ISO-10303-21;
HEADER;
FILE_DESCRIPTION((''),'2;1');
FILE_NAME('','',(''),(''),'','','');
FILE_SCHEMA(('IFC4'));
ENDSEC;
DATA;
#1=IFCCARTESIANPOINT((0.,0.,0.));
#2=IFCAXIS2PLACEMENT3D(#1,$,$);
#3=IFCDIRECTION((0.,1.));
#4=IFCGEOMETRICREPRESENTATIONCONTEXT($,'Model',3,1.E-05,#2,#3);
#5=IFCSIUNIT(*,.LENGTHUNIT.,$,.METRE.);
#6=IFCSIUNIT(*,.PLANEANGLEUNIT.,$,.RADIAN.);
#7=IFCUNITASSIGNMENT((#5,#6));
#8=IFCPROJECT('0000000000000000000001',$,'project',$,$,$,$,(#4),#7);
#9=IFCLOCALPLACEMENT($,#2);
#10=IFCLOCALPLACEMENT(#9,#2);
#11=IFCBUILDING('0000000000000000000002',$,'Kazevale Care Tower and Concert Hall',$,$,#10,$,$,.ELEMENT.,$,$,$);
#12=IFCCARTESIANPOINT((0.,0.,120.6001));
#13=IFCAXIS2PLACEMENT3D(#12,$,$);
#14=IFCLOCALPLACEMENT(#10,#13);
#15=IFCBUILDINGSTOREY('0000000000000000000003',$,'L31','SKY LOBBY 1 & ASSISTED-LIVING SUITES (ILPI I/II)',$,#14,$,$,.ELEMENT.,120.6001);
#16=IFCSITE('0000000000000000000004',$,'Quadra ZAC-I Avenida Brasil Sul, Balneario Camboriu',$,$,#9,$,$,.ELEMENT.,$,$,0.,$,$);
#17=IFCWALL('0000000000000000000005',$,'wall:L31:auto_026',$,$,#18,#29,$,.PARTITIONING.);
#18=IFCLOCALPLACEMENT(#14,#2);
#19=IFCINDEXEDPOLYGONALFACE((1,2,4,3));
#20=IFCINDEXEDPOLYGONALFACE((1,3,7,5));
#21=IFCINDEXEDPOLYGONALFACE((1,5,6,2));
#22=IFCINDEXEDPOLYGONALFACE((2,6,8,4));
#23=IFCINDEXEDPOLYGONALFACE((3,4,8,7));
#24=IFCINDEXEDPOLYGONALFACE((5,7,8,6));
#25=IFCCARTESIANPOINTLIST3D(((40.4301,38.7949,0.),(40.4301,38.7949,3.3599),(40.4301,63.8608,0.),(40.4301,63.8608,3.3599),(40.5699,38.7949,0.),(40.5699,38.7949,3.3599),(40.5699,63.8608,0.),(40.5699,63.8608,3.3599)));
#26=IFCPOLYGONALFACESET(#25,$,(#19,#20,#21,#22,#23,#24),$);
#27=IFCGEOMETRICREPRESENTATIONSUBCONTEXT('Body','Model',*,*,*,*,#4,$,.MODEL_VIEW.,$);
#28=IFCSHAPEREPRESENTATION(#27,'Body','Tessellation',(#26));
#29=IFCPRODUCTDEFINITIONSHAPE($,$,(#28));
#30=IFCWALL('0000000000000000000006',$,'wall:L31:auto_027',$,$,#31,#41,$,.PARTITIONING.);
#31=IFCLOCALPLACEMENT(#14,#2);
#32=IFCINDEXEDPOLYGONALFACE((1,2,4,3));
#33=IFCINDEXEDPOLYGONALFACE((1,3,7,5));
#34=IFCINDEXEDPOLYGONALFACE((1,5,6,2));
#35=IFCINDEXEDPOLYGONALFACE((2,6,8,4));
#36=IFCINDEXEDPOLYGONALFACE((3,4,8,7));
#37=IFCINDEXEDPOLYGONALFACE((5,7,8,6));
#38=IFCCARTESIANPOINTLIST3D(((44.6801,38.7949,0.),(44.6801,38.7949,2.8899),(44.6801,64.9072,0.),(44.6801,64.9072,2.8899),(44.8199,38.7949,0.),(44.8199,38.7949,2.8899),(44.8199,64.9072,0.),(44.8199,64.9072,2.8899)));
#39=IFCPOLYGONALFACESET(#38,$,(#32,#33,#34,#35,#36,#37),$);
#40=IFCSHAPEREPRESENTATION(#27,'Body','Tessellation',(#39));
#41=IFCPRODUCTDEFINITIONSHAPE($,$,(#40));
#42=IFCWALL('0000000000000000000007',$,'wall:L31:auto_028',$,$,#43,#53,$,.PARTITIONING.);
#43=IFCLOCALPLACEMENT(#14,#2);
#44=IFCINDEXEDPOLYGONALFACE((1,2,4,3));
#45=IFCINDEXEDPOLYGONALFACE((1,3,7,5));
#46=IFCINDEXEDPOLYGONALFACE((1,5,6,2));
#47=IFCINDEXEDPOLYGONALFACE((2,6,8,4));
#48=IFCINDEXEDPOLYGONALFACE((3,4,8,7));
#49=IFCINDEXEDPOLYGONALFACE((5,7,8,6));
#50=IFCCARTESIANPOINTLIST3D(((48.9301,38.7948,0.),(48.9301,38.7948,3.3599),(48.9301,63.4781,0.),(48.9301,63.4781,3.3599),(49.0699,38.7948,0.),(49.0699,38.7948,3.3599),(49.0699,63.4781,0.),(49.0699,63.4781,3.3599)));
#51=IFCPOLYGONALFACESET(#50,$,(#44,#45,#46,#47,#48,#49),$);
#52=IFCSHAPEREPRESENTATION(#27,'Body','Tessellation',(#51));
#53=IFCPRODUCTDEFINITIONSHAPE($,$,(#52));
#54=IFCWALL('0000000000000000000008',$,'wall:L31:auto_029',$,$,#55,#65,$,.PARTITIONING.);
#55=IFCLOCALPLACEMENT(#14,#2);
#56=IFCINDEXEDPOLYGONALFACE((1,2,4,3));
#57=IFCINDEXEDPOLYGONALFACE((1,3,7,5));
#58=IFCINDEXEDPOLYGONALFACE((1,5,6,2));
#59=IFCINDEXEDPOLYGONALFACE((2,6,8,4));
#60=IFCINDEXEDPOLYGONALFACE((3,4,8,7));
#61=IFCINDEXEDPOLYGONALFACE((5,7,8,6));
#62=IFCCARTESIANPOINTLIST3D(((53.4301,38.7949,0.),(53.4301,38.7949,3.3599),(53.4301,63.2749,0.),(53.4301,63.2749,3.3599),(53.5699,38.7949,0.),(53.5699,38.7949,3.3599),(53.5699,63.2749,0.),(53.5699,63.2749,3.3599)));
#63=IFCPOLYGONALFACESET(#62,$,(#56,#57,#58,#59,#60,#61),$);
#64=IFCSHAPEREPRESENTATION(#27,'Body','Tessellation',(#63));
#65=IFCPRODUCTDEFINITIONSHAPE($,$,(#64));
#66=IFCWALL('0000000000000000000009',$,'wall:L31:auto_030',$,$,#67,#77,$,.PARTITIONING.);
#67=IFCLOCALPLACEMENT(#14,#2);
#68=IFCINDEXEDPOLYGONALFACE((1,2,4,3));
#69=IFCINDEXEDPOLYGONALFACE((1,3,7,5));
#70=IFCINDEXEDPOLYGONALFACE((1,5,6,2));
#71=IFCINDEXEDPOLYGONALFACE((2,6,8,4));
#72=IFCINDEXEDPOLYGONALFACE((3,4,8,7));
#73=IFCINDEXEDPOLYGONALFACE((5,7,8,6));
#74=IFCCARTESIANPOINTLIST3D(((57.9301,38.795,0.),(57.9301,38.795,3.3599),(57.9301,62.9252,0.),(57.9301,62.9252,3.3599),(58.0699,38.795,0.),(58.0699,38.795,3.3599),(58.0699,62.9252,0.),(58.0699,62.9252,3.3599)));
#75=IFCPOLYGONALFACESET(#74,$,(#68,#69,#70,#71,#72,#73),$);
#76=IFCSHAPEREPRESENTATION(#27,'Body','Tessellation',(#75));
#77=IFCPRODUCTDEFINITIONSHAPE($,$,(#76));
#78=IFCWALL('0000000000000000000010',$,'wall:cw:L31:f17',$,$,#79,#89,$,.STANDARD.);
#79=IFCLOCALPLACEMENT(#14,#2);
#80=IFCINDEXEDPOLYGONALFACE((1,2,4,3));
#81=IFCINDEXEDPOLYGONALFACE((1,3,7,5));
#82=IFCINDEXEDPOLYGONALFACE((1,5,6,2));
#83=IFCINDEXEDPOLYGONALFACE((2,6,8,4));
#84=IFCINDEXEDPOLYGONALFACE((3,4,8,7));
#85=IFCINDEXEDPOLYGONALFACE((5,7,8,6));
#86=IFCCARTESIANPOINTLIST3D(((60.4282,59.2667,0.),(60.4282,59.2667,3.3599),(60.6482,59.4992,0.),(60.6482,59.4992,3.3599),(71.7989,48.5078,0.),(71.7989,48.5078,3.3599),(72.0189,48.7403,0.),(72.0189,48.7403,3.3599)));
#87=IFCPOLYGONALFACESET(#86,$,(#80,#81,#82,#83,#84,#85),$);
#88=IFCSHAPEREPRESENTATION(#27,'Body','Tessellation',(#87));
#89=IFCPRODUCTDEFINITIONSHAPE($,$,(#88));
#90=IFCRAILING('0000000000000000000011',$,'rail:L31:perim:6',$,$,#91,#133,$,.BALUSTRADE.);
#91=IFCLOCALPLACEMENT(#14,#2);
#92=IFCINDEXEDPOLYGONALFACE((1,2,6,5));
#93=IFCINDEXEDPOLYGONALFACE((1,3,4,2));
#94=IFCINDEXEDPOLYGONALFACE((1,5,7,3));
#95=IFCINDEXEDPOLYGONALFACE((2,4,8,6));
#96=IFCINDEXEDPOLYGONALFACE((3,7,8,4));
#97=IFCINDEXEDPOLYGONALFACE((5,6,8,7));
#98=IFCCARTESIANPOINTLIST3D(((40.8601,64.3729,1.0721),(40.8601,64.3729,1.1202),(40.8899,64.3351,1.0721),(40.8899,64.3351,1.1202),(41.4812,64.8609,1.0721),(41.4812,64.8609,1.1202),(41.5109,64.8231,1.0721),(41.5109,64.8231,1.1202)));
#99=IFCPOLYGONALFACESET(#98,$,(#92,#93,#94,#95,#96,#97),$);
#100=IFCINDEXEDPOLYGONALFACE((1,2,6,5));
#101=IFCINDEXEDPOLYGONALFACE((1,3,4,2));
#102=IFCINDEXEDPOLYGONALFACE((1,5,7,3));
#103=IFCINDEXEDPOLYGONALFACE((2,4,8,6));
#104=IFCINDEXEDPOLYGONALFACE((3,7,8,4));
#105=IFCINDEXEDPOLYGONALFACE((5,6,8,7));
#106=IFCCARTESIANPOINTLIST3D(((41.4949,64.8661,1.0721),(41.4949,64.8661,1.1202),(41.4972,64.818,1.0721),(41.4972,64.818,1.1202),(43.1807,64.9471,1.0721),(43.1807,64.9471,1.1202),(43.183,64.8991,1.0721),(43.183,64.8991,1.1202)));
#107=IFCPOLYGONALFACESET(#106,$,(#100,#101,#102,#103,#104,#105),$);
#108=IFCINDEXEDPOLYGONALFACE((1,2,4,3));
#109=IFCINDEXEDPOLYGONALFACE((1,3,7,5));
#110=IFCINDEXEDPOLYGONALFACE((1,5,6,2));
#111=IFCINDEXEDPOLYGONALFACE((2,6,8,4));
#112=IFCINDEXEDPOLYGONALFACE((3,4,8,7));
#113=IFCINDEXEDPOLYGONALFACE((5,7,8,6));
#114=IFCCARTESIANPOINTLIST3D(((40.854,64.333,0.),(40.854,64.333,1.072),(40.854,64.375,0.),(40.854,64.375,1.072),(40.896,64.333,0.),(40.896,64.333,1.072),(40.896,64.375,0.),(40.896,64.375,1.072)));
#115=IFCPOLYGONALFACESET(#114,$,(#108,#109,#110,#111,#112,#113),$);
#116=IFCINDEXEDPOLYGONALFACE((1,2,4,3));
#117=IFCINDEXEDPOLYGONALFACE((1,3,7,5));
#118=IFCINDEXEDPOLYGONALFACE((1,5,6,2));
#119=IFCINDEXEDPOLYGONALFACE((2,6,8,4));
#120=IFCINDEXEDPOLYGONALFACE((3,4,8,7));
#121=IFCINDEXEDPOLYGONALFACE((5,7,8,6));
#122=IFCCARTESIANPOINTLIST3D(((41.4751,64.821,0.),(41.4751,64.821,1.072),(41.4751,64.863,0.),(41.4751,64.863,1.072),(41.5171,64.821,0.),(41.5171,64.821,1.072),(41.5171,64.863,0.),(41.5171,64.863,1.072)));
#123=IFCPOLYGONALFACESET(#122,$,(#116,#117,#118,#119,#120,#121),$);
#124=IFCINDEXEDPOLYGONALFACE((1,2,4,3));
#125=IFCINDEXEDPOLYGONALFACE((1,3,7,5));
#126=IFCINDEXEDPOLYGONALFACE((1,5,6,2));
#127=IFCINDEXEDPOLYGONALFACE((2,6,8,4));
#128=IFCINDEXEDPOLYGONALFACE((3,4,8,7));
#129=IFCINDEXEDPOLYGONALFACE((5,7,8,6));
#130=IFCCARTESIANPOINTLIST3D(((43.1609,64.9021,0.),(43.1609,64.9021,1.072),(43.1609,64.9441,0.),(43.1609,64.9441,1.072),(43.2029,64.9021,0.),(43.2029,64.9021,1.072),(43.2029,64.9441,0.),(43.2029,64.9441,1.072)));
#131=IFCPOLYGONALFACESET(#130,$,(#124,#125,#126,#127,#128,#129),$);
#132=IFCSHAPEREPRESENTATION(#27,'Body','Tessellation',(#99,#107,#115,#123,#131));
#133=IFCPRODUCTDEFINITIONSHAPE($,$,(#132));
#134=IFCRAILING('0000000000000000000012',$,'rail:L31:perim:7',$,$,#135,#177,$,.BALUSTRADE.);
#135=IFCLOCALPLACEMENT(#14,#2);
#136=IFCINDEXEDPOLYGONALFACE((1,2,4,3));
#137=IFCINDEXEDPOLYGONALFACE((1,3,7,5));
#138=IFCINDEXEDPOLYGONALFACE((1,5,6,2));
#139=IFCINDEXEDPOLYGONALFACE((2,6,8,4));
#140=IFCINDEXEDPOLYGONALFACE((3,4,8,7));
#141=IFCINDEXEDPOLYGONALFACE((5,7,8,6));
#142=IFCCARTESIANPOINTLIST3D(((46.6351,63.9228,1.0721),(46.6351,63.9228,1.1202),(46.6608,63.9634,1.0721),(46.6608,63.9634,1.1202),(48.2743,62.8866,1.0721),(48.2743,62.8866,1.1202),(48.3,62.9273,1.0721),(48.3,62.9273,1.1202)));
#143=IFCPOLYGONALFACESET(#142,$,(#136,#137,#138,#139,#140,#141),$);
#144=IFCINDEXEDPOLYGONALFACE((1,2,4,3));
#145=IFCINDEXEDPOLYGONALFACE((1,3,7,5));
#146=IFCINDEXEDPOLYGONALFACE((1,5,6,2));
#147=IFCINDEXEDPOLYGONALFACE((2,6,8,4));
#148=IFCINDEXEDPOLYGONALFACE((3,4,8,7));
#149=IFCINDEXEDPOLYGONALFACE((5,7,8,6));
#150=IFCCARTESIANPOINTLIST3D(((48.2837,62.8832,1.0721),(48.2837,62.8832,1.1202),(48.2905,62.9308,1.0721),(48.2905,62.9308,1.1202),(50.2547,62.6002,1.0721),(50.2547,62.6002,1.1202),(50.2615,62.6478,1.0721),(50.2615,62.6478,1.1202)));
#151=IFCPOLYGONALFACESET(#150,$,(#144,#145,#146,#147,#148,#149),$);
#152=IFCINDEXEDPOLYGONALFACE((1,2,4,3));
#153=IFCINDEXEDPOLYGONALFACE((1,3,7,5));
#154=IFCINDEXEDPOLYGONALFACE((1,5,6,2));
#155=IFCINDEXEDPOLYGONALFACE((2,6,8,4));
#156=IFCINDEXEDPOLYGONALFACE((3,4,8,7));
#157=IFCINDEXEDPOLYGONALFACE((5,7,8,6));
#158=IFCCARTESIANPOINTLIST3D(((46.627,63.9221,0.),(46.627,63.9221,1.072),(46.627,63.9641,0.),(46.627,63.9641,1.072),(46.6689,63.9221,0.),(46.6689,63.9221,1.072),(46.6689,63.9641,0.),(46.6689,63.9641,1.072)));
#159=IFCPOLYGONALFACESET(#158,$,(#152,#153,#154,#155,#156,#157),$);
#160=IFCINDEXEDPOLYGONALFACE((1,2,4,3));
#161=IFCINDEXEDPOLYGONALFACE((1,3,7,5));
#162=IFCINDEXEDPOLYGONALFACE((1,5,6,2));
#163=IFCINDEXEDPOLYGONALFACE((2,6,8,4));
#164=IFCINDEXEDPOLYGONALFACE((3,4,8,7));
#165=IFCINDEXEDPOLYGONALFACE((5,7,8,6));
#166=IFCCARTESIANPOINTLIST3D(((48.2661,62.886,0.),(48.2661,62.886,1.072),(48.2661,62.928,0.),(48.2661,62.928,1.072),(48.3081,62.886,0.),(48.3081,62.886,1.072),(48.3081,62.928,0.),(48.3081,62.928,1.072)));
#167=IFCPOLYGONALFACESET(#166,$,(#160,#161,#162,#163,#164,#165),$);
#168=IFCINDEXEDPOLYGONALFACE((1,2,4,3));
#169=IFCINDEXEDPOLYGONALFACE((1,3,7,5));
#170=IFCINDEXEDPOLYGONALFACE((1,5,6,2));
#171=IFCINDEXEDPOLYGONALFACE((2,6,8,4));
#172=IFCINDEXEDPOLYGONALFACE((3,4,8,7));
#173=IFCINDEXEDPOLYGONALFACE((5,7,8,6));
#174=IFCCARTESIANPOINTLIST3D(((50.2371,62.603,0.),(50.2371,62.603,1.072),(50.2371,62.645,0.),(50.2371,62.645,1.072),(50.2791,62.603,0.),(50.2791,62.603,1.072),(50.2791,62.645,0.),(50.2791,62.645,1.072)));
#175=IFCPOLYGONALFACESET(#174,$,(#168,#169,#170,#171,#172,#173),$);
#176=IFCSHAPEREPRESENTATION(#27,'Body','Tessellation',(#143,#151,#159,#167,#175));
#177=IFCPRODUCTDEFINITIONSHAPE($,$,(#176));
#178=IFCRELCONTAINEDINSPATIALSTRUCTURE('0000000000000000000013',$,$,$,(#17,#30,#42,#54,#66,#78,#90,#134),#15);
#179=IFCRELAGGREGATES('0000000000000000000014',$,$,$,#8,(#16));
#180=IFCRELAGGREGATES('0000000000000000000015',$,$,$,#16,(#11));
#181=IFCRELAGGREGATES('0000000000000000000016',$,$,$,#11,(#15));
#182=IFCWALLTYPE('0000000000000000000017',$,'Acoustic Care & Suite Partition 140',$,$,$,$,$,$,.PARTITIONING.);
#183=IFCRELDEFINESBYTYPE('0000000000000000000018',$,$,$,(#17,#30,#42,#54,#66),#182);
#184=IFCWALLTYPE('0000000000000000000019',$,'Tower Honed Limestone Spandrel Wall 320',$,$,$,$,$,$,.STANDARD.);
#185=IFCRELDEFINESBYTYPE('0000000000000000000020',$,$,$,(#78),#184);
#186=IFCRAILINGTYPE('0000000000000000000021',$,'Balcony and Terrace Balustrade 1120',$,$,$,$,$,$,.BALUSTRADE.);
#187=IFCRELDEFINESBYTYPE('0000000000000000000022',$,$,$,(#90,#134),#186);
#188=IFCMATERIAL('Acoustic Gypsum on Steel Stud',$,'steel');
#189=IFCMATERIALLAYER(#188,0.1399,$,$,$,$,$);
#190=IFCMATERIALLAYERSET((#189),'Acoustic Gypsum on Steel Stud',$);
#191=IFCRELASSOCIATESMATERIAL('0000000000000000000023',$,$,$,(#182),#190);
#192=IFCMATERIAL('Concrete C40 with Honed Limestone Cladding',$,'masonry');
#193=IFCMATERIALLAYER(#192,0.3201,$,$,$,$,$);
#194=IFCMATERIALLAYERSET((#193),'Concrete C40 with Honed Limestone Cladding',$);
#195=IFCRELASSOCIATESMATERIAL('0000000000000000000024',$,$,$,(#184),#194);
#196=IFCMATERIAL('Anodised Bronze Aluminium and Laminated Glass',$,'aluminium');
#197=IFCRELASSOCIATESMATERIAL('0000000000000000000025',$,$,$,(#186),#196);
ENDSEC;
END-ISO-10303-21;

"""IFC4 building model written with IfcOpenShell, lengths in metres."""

from ifc_helpers import new_model, si_unit, direction, frame, frame_2d, origin, origin_2d, place, context, subcontext, project, spatial, rectangle, extrude, material, layer, layer_set, type_object, element, save


model = new_model("IFC4")

# Units and contexts
model_context = context("Model", 3, precision=1e-05, world=origin(), true_north=direction((0.0, 1.0)))
body_context = subcontext(model_context, "Body", "Model", "MODEL_VIEW")
ifc_project = project(units=[si_unit("LENGTHUNIT", "METRE"), si_unit("PLANEANGLEUNIT", "RADIAN")], contexts=[model_context])

# Site, building, storey
site_placement = place(None, origin())
site = spatial("IfcSite", under=ifc_project, at=site_placement, Name="Quadra ZAC-I Avenida Brasil Sul, Balneario Camboriu", CompositionType="ELEMENT", RefElevation=0.0)
building_placement = place(site_placement, origin())
building = spatial("IfcBuilding", under=site, at=building_placement, Name="Kazevale Care Tower and Concert Hall", CompositionType="ELEMENT")
storey_placement = place(building_placement, frame((0.0, 0.0, 120.6001)))
storey = spatial("IfcBuildingStorey", under=building, at=storey_placement, Name="L31", Description="SKY LOBBY 1 & ASSISTED-LIVING SUITES (ILPI I/II)", CompositionType="ELEMENT", Elevation=120.6001)

# Walls
ifc_material_1 = material(Name="Acoustic Gypsum on Steel Stud", Category="steel")
ifc_layer_1 = layer(ifc_material_1, 0.1399)
ifc_layer_set_1 = layer_set([ifc_layer_1], Name="Acoustic Gypsum on Steel Stud")
wall_type_1 = type_object("IfcWallType", Name="Acoustic Care & Suite Partition 140", PredefinedType="PARTITIONING", material=ifc_layer_set_1)
wall_1_placement = place(storey_placement, frame((40.5, 63.8608, 0.0), z_axis=(0.0, 0.0, 1.0), x_axis=(0.0, -1.0, 0.0)))
element("IfcWall", 1, at=wall_1_placement, inside=storey, type_object=wall_type_1, Name="wall:L31:auto_026", PredefinedType="PARTITIONING", context=body_context, shape_type="SweptSolid", body=[
    extrude(rectangle(XDim=25.0659, YDim=0.1399, at=frame_2d((12.533, 0.0))), origin(), (0.0, 0.0, 1.0), 3.3599),
])
wall_2_placement = place(storey_placement, frame((44.75, 64.9072, 0.0), z_axis=(0.0, 0.0, 1.0), x_axis=(0.0, -1.0, 0.0)))
element("IfcWall", 2, at=wall_2_placement, inside=storey, type_object=wall_type_1, Name="wall:L31:auto_027", PredefinedType="PARTITIONING", context=body_context, shape_type="SweptSolid", body=[
    extrude(rectangle(XDim=26.1123, YDim=0.1399, at=frame_2d((13.0562, 0.0))), origin(), (0.0, 0.0, 1.0), 2.8899),
])
wall_3_placement = place(storey_placement, frame((49.0, 63.4783, 0.0), z_axis=(0.0, 0.0, 1.0), x_axis=(0.0, -1.0, 0.0)))
element("IfcWall", 3, at=wall_3_placement, inside=storey, type_object=wall_type_1, Name="wall:L31:auto_028", PredefinedType="PARTITIONING", context=body_context, shape_type="SweptSolid", body=[
    extrude(rectangle(XDim=24.6833, YDim=0.1399, at=frame_2d((12.3418, 0.0))), origin(), (0.0, 0.0, 1.0), 3.3599),
])
wall_4_placement = place(storey_placement, frame((53.5, 63.2749, 0.0), z_axis=(0.0, 0.0, 1.0), x_axis=(0.0, -1.0, 0.0)))
element("IfcWall", 4, at=wall_4_placement, inside=storey, type_object=wall_type_1, Name="wall:L31:auto_029", PredefinedType="PARTITIONING", context=body_context, shape_type="SweptSolid", body=[
    extrude(rectangle(XDim=24.48, YDim=0.1399, at=frame_2d((12.24, 0.0))), origin(), (0.0, 0.0, 1.0), 3.3599),
])
wall_5_placement = place(storey_placement, frame((58.0, 62.925, 0.0), z_axis=(0.0, 0.0, 1.0), x_axis=(0.0, -1.0, 0.0)))
element("IfcWall", 5, at=wall_5_placement, inside=storey, type_object=wall_type_1, Name="wall:L31:auto_030", PredefinedType="PARTITIONING", context=body_context, shape_type="SweptSolid", body=[
    extrude(rectangle(XDim=24.1301, YDim=0.1399, at=frame_2d((12.0649, 0.0))), origin(), (0.0, 0.0, 1.0), 3.3599),
])
ifc_material_2 = material(Name="Concrete C40 with Honed Limestone Cladding", Category="masonry")
ifc_layer_2 = layer(ifc_material_2, 0.3201)
ifc_layer_set_2 = layer_set([ifc_layer_2], Name="Concrete C40 with Honed Limestone Cladding")
wall_type_2 = type_object("IfcWallType", Name="Tower Honed Limestone Spandrel Wall 320", PredefinedType="STANDARD", material=ifc_layer_set_2)
wall_6_placement = place(storey_placement, frame((60.5381, 59.3831, 0.0), z_axis=(0.0, 0.0, 1.0), x_axis=(0.726378, -0.687295, 0.0)))
element("IfcWall", 6, at=wall_6_placement, inside=storey, type_object=wall_type_2, Name="wall:cw:L31:f17", PredefinedType="STANDARD", context=body_context, shape_type="SweptSolid", body=[
    extrude(rectangle(XDim=15.6541, YDim=0.3201, at=frame_2d((7.8271, 0.0))), origin(), (0.0, 0.0, 1.0), 3.3599),
])

# Railings
ifc_material_3 = material(Name="Anodised Bronze Aluminium and Laminated Glass", Category="aluminium")
railing_type = type_object("IfcRailingType", Name="Balcony and Terrace Balustrade 1120", PredefinedType="BALUSTRADE", material=ifc_material_3)
railing_1_placement = place(storey_placement, frame((40.875, 64.354, 0.0)))
element("IfcRailing", 7, at=railing_1_placement, inside=storey, type_object=railing_type, Name="rail:L31:perim:6", PredefinedType="BALUSTRADE", context=body_context, shape_type="SweptSolid", body=[
    extrude(rectangle(XDim=0.0481, YDim=0.0481, at=origin_2d()), frame((0.0, 0.0, 1.0962), z_axis=(0.786297, 0.617849, 0.0), x_axis=(-0.617849, 0.786297, 0.0)), (0.0, 0.0, 1.0), 0.7898),
    extrude(rectangle(XDim=0.0481, YDim=0.0481, at=origin_2d()), frame((0.6211, 0.488, 1.0962), z_axis=(0.998846, 0.048026, 0.0), x_axis=(-0.048026, 0.998846, 0.0)), (0.0, 0.0, 1.0), 1.6877),
    extrude(rectangle(XDim=0.042, YDim=0.042, at=origin_2d()), origin(), (0.0, 0.0, 1.0), 1.072),
    extrude(rectangle(XDim=0.042, YDim=0.042, at=origin_2d()), frame((0.6211, 0.488, 0.0)), (0.0, 0.0, 1.0), 1.072),
    extrude(rectangle(XDim=0.042, YDim=0.042, at=origin_2d()), frame((2.3069, 0.5691, 0.0)), (0.0, 0.0, 1.0), 1.072),
])
railing_2_placement = place(storey_placement, frame((46.6479, 63.9431, 0.0)))
element("IfcRailing", 8, at=railing_2_placement, inside=storey, type_object=railing_type, Name="rail:L31:perim:7", PredefinedType="BALUSTRADE", context=body_context, shape_type="SweptSolid", body=[
    extrude(rectangle(XDim=0.0481, YDim=0.0481, at=origin_2d()), frame((0.0, 0.0, 1.0962), z_axis=(0.845285, -0.534315, 0.0), x_axis=(0.534315, 0.845285, 0.0)), (0.0, 0.0, 1.0), 1.9392),
    extrude(rectangle(XDim=0.0481, YDim=0.0481, at=origin_2d()), frame((1.6392, -1.0361, 1.0962), z_axis=(0.989851, -0.142108, 0.0), x_axis=(0.142108, 0.989851, 0.0)), (0.0, 0.0, 1.0), 1.9912),
    extrude(rectangle(XDim=0.042, YDim=0.042, at=origin_2d()), origin(), (0.0, 0.0, 1.0), 1.072),
    extrude(rectangle(XDim=0.042, YDim=0.042, at=origin_2d()), frame((1.6392, -1.0361, 0.0)), (0.0, 0.0, 1.0), 1.072),
    extrude(rectangle(XDim=0.042, YDim=0.042, at=origin_2d()), frame((3.6101, -1.3191, 0.0)), (0.0, 0.0, 1.0), 1.072),
])

save(model, "model.ifc")
